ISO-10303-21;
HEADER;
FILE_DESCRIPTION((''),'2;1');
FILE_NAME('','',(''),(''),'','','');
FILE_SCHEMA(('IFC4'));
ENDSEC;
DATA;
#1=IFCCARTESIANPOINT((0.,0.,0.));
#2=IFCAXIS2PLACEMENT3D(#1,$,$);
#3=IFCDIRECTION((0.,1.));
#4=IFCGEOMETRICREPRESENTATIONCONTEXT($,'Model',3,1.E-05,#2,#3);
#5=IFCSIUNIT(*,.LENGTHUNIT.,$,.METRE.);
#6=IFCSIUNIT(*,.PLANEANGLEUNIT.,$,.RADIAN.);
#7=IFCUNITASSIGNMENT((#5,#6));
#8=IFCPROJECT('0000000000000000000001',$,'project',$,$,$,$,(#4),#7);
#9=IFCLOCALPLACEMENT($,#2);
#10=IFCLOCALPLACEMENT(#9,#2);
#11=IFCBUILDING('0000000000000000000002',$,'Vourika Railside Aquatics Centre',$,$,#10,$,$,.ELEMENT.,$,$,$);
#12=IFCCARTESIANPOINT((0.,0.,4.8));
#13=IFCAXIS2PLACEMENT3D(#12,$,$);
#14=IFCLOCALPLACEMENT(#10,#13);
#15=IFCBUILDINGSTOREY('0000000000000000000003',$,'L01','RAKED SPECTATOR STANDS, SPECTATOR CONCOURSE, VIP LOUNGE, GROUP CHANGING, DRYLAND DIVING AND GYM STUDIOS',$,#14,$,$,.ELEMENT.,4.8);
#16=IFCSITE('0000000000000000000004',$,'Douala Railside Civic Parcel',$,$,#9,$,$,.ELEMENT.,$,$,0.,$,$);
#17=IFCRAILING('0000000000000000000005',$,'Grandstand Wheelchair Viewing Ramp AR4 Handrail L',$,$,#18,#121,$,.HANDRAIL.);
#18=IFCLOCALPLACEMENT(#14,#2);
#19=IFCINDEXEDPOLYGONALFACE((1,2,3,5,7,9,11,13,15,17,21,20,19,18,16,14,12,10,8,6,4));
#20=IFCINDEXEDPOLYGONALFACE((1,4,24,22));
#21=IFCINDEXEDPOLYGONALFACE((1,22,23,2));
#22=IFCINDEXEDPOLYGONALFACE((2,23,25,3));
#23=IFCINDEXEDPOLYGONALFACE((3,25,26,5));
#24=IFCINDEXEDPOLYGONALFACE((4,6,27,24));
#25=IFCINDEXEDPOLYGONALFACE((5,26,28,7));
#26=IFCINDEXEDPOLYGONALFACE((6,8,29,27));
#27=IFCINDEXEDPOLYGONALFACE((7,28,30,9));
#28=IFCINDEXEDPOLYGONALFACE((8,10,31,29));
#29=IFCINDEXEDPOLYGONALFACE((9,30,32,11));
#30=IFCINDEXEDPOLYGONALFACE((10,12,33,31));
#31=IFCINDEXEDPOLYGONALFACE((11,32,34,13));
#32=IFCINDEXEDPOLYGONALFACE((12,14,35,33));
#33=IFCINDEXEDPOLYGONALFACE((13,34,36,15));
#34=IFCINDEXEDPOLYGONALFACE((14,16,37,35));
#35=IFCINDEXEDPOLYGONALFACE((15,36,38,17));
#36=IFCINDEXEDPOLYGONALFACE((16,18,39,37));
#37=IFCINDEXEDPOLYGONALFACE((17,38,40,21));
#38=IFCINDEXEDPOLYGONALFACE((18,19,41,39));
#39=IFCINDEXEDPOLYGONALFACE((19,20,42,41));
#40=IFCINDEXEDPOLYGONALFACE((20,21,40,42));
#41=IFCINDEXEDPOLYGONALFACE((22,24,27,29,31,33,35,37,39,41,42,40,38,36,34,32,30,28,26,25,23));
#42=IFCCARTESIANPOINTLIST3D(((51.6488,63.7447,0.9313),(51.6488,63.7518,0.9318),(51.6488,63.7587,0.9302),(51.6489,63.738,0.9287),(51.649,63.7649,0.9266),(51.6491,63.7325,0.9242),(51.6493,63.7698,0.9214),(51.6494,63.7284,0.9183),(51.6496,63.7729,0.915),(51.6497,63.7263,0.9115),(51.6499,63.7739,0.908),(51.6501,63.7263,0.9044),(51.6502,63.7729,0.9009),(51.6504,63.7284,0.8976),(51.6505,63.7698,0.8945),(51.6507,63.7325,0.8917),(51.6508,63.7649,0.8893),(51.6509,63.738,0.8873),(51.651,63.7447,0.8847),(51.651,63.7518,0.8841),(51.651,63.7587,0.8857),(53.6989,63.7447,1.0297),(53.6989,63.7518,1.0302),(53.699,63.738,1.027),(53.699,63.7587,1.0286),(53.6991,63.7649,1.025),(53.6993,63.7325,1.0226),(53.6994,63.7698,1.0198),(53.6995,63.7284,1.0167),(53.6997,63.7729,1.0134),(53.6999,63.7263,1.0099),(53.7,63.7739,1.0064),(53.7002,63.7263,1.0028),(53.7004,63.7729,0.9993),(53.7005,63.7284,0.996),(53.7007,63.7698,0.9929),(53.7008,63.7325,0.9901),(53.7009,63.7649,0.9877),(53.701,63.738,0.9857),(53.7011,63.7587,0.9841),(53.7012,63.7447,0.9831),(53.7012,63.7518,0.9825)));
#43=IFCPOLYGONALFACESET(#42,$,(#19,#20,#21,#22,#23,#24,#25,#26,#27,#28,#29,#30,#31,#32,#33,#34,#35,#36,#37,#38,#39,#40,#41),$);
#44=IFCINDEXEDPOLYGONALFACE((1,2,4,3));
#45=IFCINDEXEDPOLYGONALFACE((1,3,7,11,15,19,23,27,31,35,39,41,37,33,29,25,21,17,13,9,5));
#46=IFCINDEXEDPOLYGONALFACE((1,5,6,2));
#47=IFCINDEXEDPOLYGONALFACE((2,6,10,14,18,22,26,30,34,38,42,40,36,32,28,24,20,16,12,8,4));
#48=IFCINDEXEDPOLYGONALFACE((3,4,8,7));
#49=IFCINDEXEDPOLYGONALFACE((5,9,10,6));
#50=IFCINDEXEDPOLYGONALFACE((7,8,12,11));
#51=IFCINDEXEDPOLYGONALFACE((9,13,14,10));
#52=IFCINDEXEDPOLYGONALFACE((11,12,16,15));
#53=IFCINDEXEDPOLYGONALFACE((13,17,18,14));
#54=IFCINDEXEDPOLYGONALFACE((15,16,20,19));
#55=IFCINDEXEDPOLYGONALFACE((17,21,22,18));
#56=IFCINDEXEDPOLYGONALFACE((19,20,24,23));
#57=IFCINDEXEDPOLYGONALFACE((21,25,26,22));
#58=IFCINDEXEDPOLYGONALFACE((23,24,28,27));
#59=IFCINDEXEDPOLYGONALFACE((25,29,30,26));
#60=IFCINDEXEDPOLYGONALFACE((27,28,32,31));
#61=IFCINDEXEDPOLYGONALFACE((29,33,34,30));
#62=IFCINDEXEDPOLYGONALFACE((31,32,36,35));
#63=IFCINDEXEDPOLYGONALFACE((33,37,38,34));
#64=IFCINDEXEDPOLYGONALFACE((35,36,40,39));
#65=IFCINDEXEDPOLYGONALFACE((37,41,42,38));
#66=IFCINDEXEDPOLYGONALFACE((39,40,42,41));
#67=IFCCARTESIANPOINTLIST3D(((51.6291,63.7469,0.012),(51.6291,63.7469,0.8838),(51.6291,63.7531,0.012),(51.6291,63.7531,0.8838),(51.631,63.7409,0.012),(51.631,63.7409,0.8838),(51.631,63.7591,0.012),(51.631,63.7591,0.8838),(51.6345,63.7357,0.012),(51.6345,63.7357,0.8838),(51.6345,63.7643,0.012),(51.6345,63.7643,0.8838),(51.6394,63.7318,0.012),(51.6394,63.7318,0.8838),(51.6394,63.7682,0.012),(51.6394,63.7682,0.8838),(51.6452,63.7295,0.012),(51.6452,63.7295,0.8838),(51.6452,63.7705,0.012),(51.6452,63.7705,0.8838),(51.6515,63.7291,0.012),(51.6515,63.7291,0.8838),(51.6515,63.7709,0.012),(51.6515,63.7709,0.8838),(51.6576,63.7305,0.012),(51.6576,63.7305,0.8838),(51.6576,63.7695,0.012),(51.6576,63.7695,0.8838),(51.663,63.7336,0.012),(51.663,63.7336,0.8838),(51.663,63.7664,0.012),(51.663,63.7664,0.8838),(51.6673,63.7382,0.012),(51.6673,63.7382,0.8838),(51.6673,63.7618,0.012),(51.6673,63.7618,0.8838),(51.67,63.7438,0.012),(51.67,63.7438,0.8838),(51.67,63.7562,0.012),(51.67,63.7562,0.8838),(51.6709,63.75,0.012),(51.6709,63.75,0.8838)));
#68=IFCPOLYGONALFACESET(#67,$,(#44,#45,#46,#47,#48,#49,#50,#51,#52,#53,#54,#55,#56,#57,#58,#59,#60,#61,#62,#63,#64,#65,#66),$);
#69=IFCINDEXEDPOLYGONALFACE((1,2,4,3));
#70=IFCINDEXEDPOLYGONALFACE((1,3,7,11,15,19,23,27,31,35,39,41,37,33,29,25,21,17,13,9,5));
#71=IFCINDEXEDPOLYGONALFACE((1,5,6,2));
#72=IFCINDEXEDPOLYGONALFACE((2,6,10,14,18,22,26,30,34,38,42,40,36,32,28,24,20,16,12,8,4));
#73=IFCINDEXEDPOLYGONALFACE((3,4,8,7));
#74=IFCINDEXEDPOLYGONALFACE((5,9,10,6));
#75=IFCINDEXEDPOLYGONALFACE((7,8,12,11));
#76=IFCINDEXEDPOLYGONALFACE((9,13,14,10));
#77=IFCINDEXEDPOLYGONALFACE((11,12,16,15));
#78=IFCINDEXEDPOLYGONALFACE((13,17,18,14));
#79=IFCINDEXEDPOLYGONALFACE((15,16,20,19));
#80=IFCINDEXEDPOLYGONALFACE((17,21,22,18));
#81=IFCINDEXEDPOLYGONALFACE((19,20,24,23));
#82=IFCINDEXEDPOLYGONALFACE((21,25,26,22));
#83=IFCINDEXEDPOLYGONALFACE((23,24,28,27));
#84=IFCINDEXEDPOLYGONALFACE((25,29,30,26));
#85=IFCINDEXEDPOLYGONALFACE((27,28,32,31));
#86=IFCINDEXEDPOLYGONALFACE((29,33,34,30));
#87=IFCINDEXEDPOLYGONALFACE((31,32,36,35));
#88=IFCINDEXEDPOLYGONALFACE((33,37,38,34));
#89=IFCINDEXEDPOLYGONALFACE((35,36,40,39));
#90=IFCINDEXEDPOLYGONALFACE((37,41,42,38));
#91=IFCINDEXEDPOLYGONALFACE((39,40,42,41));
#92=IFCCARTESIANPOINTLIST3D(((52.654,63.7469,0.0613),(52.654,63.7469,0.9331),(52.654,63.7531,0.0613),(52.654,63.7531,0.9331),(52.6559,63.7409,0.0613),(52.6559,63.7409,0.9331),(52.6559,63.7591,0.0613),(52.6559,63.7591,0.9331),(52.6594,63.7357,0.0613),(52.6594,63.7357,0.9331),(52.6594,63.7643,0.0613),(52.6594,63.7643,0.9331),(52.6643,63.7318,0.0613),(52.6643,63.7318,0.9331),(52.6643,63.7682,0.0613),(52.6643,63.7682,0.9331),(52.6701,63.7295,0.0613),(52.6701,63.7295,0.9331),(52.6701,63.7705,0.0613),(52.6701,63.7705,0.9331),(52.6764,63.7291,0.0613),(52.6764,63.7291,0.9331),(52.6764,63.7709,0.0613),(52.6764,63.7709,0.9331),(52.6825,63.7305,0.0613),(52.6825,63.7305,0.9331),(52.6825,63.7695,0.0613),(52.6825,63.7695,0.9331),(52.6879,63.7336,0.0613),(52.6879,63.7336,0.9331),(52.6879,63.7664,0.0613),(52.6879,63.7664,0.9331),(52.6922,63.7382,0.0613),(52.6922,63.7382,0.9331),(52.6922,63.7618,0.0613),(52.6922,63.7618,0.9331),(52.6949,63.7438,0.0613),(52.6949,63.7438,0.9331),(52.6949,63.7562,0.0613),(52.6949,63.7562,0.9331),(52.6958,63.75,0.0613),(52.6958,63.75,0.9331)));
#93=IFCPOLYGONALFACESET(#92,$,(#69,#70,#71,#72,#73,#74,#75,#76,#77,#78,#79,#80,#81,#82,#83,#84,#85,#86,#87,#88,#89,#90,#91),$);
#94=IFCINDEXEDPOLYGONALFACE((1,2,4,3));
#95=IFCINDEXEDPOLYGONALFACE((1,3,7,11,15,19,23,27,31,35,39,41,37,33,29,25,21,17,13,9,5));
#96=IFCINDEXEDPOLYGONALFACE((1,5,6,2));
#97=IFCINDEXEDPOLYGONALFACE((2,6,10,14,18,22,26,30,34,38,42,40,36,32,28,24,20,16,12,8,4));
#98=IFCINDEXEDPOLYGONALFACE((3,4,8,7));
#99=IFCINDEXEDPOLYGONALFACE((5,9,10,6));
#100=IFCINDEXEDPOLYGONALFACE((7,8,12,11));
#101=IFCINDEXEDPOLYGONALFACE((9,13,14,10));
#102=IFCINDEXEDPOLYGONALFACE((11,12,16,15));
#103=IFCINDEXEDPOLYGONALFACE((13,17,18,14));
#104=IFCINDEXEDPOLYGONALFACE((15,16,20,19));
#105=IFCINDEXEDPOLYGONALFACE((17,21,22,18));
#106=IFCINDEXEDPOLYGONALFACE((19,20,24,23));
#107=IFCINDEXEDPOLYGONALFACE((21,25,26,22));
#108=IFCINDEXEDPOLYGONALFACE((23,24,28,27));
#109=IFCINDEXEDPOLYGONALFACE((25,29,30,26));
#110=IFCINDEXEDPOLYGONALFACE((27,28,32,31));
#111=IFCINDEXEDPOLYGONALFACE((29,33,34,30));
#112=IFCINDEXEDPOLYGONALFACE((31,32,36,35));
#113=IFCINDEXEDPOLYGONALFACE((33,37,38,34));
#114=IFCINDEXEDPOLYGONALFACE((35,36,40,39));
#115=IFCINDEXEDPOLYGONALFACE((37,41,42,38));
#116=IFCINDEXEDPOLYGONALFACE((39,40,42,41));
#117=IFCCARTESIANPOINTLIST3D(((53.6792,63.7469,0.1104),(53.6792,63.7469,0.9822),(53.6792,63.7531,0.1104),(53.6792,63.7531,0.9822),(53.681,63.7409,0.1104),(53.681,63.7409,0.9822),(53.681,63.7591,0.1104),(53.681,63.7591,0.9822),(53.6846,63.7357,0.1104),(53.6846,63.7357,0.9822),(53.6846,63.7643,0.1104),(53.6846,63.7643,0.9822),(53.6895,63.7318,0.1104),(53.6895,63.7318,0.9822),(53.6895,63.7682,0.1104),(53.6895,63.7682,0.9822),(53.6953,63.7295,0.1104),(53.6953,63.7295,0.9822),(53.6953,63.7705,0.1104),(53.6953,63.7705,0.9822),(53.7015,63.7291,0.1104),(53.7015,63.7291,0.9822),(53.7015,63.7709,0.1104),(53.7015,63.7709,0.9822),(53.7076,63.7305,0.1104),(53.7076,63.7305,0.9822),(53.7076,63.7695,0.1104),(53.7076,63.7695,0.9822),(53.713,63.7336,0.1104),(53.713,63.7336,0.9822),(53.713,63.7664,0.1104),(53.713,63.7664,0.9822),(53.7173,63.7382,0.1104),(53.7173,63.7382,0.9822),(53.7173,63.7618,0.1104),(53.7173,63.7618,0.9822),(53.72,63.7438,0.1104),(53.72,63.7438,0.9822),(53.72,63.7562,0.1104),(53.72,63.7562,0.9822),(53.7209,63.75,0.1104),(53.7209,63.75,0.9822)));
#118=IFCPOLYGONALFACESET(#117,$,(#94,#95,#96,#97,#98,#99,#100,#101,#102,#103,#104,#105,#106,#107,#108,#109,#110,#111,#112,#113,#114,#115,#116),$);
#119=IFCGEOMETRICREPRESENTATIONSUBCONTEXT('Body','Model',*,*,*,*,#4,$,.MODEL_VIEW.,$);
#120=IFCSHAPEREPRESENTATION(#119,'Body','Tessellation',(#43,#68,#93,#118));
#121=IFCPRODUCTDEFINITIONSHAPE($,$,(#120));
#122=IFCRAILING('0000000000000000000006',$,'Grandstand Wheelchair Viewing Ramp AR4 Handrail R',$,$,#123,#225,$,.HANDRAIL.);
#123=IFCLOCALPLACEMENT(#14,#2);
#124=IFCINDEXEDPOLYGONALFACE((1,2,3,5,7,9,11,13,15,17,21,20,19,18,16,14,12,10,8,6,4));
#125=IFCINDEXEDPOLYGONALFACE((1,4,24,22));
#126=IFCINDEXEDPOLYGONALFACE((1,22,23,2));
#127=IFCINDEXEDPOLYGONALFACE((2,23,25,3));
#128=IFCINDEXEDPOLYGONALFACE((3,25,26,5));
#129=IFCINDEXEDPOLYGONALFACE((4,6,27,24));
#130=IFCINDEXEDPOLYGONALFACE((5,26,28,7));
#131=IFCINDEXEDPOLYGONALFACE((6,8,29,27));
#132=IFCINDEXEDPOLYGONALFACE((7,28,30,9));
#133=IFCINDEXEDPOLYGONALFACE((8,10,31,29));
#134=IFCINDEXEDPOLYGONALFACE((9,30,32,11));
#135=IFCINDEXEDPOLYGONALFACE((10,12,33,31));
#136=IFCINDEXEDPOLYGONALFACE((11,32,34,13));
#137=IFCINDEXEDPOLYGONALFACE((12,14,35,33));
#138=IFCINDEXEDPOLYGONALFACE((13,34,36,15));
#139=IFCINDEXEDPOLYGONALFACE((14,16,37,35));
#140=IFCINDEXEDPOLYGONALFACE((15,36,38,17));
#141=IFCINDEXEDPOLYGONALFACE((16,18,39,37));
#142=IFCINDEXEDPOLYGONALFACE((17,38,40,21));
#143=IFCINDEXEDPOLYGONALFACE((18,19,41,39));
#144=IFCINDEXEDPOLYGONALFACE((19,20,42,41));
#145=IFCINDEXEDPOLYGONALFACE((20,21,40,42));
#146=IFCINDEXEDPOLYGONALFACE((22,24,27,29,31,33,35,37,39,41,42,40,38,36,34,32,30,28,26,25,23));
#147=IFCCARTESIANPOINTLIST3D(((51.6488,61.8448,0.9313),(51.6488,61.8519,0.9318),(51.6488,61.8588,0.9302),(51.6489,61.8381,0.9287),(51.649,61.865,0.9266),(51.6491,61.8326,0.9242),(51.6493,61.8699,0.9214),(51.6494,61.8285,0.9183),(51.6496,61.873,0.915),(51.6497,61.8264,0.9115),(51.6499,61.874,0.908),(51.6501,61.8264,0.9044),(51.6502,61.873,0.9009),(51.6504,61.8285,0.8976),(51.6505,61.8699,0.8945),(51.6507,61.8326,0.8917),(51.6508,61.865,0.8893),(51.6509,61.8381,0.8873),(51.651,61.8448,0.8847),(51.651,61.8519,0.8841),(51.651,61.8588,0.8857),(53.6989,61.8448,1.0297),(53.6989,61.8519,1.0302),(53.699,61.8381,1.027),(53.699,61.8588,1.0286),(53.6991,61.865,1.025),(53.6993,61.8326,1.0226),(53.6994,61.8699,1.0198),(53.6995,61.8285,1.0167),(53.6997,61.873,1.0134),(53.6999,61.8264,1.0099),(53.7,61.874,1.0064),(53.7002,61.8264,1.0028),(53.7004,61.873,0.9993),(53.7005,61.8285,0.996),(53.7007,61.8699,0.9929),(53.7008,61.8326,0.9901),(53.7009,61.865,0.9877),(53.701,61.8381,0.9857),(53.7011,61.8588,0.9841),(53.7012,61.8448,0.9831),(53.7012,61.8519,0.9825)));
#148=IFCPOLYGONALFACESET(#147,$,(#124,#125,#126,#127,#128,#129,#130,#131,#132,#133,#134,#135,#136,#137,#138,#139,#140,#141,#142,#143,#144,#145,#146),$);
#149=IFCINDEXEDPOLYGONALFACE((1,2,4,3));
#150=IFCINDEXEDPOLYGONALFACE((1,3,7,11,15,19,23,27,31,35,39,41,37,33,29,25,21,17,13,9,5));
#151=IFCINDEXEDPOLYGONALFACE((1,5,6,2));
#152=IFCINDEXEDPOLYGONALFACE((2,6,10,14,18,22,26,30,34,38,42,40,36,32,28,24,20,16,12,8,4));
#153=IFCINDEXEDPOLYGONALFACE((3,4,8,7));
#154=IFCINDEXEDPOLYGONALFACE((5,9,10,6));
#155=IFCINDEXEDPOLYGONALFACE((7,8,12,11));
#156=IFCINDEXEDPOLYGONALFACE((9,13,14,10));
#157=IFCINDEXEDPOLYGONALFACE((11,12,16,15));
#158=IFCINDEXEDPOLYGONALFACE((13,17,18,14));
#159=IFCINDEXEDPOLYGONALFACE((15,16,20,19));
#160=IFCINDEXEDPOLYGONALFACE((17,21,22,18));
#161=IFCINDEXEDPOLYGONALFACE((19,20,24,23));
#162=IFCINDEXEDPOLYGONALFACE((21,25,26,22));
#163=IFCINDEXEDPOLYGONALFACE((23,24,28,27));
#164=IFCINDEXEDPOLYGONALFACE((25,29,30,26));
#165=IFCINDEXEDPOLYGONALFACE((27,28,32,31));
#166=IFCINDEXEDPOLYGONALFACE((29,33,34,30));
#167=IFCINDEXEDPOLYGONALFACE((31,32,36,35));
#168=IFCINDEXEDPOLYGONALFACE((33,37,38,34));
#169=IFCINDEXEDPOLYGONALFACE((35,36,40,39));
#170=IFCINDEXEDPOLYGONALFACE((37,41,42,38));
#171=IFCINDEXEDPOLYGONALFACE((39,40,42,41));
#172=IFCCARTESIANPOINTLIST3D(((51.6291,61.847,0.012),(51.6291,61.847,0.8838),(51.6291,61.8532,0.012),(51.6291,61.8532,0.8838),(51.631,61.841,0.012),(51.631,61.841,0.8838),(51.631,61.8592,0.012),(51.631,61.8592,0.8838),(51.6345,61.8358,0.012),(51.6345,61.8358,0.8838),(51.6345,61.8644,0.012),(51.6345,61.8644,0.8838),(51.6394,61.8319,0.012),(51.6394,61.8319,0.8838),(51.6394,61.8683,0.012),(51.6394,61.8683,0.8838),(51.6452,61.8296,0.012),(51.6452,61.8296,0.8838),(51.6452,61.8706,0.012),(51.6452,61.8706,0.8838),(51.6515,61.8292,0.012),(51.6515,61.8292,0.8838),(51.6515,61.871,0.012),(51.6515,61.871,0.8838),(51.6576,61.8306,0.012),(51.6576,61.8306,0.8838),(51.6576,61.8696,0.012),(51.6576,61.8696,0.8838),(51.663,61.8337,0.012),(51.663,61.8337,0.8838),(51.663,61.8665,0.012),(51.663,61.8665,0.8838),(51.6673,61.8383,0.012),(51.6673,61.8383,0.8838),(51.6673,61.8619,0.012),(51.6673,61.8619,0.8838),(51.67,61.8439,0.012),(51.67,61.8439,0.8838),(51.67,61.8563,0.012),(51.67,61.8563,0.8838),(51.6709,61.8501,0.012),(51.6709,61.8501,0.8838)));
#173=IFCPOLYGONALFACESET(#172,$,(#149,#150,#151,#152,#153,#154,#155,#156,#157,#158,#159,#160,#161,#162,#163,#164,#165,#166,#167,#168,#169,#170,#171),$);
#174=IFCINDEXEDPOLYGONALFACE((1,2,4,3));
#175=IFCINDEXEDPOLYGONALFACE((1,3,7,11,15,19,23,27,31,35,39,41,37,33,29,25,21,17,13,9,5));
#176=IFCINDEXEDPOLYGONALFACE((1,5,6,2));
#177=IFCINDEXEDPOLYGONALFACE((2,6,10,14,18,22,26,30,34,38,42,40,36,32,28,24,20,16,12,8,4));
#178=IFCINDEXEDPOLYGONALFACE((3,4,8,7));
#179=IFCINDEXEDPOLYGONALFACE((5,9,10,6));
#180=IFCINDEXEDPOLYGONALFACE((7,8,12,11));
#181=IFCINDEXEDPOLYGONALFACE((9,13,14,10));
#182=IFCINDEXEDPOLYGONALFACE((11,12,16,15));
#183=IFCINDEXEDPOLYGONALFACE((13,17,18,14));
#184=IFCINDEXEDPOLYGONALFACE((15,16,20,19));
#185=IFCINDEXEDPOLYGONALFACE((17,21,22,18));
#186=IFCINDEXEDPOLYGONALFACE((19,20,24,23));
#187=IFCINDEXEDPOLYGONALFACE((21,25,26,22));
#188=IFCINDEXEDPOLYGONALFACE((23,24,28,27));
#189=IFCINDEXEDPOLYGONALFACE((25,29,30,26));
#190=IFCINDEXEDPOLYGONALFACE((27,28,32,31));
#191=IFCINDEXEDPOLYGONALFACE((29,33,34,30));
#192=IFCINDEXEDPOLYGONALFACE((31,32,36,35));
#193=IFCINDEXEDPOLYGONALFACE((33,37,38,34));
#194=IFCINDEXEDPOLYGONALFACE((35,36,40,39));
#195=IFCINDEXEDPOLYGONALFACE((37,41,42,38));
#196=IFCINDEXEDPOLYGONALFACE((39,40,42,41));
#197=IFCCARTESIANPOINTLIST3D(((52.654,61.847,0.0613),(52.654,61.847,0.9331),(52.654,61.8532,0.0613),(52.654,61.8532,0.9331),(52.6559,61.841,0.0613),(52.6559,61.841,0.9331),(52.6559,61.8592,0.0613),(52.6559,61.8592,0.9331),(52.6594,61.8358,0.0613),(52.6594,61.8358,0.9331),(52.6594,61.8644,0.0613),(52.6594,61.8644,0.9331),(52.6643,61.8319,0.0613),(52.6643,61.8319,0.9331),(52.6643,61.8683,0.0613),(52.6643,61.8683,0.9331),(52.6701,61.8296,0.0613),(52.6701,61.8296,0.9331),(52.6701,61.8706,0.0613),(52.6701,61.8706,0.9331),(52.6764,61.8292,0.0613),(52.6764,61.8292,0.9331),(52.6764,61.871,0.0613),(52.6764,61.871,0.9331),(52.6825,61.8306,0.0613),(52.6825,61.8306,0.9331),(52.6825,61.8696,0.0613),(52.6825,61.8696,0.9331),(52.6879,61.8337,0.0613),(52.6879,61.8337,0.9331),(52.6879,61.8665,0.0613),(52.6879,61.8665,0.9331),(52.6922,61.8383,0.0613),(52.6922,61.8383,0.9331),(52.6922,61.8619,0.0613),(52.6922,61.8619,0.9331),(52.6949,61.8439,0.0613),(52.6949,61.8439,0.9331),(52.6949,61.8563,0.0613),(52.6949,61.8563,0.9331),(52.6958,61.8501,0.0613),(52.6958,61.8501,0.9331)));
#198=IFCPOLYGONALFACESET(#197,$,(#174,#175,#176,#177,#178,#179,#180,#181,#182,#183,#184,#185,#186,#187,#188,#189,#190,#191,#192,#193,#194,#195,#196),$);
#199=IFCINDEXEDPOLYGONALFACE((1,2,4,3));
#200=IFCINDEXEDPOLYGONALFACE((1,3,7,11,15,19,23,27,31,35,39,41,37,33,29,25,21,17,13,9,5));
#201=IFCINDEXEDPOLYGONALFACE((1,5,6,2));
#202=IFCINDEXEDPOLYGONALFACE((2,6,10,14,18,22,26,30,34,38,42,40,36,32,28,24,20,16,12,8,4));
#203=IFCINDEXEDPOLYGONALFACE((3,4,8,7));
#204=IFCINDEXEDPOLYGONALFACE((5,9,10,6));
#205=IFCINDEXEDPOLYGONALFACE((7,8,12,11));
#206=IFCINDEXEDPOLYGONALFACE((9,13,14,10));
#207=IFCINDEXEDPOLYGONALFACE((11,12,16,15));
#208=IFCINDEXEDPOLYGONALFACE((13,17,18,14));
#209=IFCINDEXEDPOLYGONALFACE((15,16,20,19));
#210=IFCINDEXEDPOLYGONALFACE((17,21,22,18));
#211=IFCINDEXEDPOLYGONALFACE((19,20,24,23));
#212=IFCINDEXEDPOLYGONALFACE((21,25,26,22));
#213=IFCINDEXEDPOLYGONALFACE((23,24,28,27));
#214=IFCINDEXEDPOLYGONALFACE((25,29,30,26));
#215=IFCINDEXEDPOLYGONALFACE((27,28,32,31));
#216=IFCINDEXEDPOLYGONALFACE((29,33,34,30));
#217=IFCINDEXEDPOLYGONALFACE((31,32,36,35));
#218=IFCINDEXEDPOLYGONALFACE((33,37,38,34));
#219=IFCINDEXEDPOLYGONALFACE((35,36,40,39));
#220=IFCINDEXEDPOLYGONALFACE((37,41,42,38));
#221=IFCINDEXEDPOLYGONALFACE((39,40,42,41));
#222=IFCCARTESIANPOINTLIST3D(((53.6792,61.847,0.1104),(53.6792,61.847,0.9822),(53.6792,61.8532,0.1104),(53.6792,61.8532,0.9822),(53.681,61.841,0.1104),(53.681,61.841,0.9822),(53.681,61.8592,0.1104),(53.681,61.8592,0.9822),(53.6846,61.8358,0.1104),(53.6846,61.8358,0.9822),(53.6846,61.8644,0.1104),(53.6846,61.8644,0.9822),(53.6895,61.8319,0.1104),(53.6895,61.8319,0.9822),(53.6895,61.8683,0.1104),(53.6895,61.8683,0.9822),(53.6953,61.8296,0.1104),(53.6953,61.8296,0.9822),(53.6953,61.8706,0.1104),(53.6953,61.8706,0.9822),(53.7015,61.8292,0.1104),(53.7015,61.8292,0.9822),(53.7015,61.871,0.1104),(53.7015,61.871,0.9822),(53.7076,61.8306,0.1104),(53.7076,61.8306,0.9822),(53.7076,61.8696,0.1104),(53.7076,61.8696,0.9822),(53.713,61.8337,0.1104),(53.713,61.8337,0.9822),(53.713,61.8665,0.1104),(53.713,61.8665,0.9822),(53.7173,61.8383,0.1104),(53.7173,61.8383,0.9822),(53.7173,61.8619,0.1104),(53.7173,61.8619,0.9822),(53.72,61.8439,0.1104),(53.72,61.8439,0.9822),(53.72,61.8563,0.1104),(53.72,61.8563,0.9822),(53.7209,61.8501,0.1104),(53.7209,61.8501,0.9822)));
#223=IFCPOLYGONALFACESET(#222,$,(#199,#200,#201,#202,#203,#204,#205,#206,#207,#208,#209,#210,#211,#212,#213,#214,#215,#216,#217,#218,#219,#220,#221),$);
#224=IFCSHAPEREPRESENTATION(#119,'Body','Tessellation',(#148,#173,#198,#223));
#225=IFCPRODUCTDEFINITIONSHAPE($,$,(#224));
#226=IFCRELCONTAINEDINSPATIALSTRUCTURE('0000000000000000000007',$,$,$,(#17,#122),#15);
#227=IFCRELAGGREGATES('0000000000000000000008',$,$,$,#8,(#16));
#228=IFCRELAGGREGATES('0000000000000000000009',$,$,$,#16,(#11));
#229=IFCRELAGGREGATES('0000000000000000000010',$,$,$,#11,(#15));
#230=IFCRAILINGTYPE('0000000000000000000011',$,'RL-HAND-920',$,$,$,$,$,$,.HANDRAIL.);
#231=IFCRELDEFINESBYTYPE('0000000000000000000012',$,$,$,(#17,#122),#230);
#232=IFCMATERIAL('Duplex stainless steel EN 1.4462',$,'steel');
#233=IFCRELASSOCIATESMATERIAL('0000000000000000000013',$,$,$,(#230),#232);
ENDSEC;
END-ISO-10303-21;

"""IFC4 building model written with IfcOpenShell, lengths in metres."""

from ifc_helpers import new_model, si_unit, direction, frame, origin, origin_2d, place, context, subcontext, project, spatial, circle, extrude, material, type_object, element, save


model = new_model("IFC4")

# Units and contexts
model_context = context("Model", 3, precision=1e-05, world=origin(), true_north=direction((0.0, 1.0)))
body_context = subcontext(model_context, "Body", "Model", "MODEL_VIEW")
ifc_project = project(units=[si_unit("LENGTHUNIT", "METRE"), si_unit("PLANEANGLEUNIT", "RADIAN")], contexts=[model_context])

# Site, building, storey
site_placement = place(None, origin())
site = spatial("IfcSite", under=ifc_project, at=site_placement, Name="Douala Railside Civic Parcel", CompositionType="ELEMENT", RefElevation=0.0)
building_placement = place(site_placement, origin())
building = spatial("IfcBuilding", under=site, at=building_placement, Name="Vourika Railside Aquatics Centre", CompositionType="ELEMENT")
storey_placement = place(building_placement, frame((0.0, 0.0, 4.8)))
storey = spatial("IfcBuildingStorey", under=building, at=storey_placement, Name="L01", Description="RAKED SPECTATOR STANDS, SPECTATOR CONCOURSE, VIP LOUNGE, GROUP CHANGING, DRYLAND DIVING AND GYM STUDIOS", CompositionType="ELEMENT", Elevation=4.8)

# Railings
ifc_material_1 = material(Name="Duplex stainless steel EN 1.4462", Category="steel")
railing_type_1 = type_object("IfcRailingType", Name="RL-HAND-920", PredefinedType="HANDRAIL", material=ifc_material_1)
for number, where, name in (
    (1, (51.6499, 63.75, 0.012), "Grandstand Wheelchair Viewing Ramp AR4 Handrail L"),
    (2, (51.6499, 61.8501, 0.012), "Grandstand Wheelchair Viewing Ramp AR4 Handrail R"),
):
    element("IfcRailing", number, at=place(storey_placement, frame(where)), inside=storey, type_object=railing_type_1, Name=name, PredefinedType="HANDRAIL", context=body_context, shape_type="SweptSolid", body=[
        extrude(circle(Radius=0.0239, at=origin_2d()), frame((0.0, 0.0, 0.896), z_axis=(0.99885, 0.0, 0.047938), x_axis=(0.0, 1.0, 0.0)), (0.0, 0.0, 1.0), 2.0525),
        extrude(circle(Radius=0.021, at=origin_2d()), origin(), (0.0, 0.0, 1.0), 0.8718),
        extrude(circle(Radius=0.021, at=origin_2d()), frame((1.0249, 0.0, 0.0493)), (0.0, 0.0, 1.0), 0.8718),
        extrude(circle(Radius=0.021, at=origin_2d()), frame((2.05, 0.0, 0.0984)), (0.0, 0.0, 1.0), 0.8718),
    ])

save(model, "model.ifc")
